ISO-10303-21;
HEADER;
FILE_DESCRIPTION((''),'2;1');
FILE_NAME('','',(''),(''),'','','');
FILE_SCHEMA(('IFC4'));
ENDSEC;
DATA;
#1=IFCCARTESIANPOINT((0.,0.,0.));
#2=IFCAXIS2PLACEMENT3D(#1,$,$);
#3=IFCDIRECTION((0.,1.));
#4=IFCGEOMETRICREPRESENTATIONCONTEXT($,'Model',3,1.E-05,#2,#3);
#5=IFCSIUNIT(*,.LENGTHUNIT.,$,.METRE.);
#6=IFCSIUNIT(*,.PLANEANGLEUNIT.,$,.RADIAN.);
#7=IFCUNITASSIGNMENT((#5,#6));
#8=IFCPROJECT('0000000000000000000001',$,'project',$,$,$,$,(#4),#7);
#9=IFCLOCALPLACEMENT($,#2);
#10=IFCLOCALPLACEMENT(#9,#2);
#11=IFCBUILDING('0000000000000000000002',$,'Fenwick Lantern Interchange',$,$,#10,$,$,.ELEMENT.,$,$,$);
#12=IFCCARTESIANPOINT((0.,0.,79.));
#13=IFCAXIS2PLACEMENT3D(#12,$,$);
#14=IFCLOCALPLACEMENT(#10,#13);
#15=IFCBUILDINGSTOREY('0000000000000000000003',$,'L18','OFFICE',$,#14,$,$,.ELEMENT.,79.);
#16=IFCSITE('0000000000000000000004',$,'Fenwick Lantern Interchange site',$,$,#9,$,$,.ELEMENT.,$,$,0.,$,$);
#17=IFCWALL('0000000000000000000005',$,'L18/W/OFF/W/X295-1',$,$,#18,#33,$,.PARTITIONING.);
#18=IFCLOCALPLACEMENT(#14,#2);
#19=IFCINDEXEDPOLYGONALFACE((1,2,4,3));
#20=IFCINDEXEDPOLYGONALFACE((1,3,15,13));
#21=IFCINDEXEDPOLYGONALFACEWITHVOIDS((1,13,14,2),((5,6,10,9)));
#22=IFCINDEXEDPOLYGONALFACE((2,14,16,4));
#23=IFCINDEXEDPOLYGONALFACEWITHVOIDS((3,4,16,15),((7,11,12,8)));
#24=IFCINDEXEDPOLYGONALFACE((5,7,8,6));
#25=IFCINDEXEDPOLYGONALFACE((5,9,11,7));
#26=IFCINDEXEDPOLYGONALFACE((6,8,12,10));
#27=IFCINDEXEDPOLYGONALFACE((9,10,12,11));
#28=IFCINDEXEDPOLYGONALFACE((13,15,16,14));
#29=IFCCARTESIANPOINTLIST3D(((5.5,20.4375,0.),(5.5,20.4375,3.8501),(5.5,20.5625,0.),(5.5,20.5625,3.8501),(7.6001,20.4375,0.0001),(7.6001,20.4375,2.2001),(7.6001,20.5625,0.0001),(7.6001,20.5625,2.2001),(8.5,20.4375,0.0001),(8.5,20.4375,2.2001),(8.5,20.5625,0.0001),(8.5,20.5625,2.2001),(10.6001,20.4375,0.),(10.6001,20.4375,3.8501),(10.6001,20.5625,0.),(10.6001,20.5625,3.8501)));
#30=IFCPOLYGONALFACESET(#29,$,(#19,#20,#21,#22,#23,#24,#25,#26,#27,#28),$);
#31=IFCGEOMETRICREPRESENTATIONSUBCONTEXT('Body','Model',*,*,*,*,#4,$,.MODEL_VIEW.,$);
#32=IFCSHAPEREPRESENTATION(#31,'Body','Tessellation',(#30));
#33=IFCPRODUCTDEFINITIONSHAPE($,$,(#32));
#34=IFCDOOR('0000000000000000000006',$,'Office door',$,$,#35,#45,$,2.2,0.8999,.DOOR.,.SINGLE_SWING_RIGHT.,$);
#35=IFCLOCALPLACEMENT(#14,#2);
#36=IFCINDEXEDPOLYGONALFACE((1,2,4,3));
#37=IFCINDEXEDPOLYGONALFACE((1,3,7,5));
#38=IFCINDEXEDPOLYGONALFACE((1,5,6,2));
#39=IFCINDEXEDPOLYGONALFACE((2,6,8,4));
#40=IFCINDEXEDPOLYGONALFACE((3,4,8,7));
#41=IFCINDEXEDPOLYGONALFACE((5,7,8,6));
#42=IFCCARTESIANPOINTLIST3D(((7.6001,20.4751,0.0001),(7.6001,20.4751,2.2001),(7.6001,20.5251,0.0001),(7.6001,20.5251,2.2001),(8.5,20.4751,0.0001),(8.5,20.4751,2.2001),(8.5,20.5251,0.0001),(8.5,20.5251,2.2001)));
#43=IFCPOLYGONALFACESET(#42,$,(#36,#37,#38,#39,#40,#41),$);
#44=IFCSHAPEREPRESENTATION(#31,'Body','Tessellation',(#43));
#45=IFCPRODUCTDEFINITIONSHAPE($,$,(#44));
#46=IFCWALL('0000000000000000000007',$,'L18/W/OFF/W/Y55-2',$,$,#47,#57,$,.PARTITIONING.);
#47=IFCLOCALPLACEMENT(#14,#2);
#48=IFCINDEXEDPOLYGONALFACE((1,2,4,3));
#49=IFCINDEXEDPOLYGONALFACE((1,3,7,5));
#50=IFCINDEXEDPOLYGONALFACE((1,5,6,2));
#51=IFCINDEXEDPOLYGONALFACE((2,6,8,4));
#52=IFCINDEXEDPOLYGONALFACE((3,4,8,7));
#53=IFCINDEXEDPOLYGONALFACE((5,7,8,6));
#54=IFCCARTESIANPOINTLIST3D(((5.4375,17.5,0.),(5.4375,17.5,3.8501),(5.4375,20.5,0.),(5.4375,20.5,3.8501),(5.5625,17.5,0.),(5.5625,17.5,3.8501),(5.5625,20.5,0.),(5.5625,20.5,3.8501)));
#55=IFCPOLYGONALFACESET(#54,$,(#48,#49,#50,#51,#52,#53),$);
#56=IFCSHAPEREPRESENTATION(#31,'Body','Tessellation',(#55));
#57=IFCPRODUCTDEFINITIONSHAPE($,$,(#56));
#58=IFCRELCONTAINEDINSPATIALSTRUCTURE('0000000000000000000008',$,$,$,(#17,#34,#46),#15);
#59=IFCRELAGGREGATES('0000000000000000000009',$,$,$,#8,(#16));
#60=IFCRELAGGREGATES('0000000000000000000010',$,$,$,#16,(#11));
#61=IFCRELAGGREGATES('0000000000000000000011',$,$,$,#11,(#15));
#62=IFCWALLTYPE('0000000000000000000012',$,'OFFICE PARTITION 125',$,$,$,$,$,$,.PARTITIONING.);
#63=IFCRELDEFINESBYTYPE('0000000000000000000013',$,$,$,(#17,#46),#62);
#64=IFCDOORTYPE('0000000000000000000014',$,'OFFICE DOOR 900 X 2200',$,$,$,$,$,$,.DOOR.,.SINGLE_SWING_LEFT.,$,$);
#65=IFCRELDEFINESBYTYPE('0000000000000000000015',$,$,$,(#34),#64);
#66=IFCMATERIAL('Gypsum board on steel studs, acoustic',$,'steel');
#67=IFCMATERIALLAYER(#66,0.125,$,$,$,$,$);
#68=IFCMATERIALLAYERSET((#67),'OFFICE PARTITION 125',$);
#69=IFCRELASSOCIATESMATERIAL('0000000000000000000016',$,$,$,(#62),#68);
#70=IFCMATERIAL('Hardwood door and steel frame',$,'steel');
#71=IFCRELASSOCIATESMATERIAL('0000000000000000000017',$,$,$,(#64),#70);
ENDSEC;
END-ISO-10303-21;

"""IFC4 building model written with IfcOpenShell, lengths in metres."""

from ifc_helpers import new_model, si_unit, direction, frame, frame_2d, origin, place, context, subcontext, project, spatial, rectangle, extrude, material, layer, layer_set, type_object, element, fill, save


model = new_model("IFC4")

# Units and contexts
model_context = context("Model", 3, precision=1e-05, world=origin(), true_north=direction((0.0, 1.0)))
body_context = subcontext(model_context, "Body", "Model", "MODEL_VIEW")
ifc_project = project(units=[si_unit("LENGTHUNIT", "METRE"), si_unit("PLANEANGLEUNIT", "RADIAN")], contexts=[model_context])

# Site, building, storey
site_placement = place(None, origin())
site = spatial("IfcSite", under=ifc_project, at=site_placement, Name="Fenwick Lantern Interchange site", CompositionType="ELEMENT", RefElevation=0.0)
building_placement = place(site_placement, origin())
building = spatial("IfcBuilding", under=site, at=building_placement, Name="Fenwick Lantern Interchange", CompositionType="ELEMENT")
storey_placement = place(building_placement, frame((0.0, 0.0, 79.0)))
storey = spatial("IfcBuildingStorey", under=building, at=storey_placement, Name="L18", Description="OFFICE", CompositionType="ELEMENT", Elevation=79.0)

# Shared definitions
ifc_material_1 = material(Name="Hardwood door and steel frame", Category="steel")

# Wall, opening, door
ifc_material_2 = material(Name="Gypsum board on steel studs, acoustic", Category="steel")
ifc_layer_1 = layer(ifc_material_2, 0.125)
ifc_layer_set_1 = layer_set([ifc_layer_1], Name="OFFICE PARTITION 125")
wall_type_1 = type_object("IfcWallType", Name="OFFICE PARTITION 125", PredefinedType="PARTITIONING", material=ifc_layer_set_1)
wall_1_placement = place(storey_placement, frame((5.5, 20.5, 0.0), z_axis=(0.0, 0.0, 1.0), x_axis=(1.0, 0.0, 0.0)))
wall_1 = element("IfcWall", 1, at=wall_1_placement, inside=storey, type_object=wall_type_1, Name="L18/W/OFF/W/X295-1", PredefinedType="PARTITIONING", context=body_context, shape_type="SweptSolid", body=[
    extrude(rectangle(XDim=5.1001, YDim=0.125, at=frame_2d((2.55, 0.0))), origin(), (0.0, 0.0, 1.0), 3.8501),
])
opening_1_placement = place(wall_1_placement, frame((2.1001, 0.0, 0.0)))
opening_1 = element("IfcOpeningElement", 2, at=opening_1_placement, cuts=wall_1, PredefinedType="OPENING", context=body_context, shape_type="SweptSolid", body=[
    extrude(rectangle(XDim=0.8999, YDim=2.2, at=frame_2d((0.45, 1.1001))), frame((0.0, 0.0725, 0.0), z_axis=(0.0, -1.0, 0.0), x_axis=(1.0, 0.0, 0.0)), (0.0, 0.0, 1.0), 0.145),
])
door_type_1 = type_object("IfcDoorType", Name="OFFICE DOOR 900 X 2200", OperationType="SINGLE_SWING_LEFT", PredefinedType="DOOR", material=ifc_material_1)
door_1_placement = place(opening_1_placement, frame((0.8999, 0.0, 0.0), z_axis=(0.0, 0.0, 1.0), x_axis=(-1.0, 0.0, 0.0)))
door_1 = element("IfcDoor", 3, at=door_1_placement, inside=storey, type_object=door_type_1, Name="Office door", OperationType="SINGLE_SWING_RIGHT", OverallHeight=2.2, OverallWidth=0.8999, PredefinedType="DOOR", context=body_context, shape_type="SweptSolid", body=[
    extrude(rectangle(XDim=0.8999, YDim=2.2, at=frame_2d((0.45, 1.1001))), frame((0.0, 0.0249, 0.0), z_axis=(0.0, -1.0, 0.0), x_axis=(1.0, 0.0, 0.0)), (0.0, 0.0, 1.0), 0.05),
])
fill(opening_1, door_1)

# Wall
wall_2_placement = place(storey_placement, frame((5.5, 20.5, 0.0), z_axis=(0.0, 0.0, 1.0), x_axis=(0.0, -1.0, 0.0)))
element("IfcWall", 4, at=wall_2_placement, inside=storey, type_object=wall_type_1, Name="L18/W/OFF/W/Y55-2", PredefinedType="PARTITIONING", context=body_context, shape_type="SweptSolid", body=[
    extrude(rectangle(XDim=3.0, YDim=0.125, at=frame_2d((1.5, 0.0))), origin(), (0.0, 0.0, 1.0), 3.8501),
])

save(model, "model.ifc")
